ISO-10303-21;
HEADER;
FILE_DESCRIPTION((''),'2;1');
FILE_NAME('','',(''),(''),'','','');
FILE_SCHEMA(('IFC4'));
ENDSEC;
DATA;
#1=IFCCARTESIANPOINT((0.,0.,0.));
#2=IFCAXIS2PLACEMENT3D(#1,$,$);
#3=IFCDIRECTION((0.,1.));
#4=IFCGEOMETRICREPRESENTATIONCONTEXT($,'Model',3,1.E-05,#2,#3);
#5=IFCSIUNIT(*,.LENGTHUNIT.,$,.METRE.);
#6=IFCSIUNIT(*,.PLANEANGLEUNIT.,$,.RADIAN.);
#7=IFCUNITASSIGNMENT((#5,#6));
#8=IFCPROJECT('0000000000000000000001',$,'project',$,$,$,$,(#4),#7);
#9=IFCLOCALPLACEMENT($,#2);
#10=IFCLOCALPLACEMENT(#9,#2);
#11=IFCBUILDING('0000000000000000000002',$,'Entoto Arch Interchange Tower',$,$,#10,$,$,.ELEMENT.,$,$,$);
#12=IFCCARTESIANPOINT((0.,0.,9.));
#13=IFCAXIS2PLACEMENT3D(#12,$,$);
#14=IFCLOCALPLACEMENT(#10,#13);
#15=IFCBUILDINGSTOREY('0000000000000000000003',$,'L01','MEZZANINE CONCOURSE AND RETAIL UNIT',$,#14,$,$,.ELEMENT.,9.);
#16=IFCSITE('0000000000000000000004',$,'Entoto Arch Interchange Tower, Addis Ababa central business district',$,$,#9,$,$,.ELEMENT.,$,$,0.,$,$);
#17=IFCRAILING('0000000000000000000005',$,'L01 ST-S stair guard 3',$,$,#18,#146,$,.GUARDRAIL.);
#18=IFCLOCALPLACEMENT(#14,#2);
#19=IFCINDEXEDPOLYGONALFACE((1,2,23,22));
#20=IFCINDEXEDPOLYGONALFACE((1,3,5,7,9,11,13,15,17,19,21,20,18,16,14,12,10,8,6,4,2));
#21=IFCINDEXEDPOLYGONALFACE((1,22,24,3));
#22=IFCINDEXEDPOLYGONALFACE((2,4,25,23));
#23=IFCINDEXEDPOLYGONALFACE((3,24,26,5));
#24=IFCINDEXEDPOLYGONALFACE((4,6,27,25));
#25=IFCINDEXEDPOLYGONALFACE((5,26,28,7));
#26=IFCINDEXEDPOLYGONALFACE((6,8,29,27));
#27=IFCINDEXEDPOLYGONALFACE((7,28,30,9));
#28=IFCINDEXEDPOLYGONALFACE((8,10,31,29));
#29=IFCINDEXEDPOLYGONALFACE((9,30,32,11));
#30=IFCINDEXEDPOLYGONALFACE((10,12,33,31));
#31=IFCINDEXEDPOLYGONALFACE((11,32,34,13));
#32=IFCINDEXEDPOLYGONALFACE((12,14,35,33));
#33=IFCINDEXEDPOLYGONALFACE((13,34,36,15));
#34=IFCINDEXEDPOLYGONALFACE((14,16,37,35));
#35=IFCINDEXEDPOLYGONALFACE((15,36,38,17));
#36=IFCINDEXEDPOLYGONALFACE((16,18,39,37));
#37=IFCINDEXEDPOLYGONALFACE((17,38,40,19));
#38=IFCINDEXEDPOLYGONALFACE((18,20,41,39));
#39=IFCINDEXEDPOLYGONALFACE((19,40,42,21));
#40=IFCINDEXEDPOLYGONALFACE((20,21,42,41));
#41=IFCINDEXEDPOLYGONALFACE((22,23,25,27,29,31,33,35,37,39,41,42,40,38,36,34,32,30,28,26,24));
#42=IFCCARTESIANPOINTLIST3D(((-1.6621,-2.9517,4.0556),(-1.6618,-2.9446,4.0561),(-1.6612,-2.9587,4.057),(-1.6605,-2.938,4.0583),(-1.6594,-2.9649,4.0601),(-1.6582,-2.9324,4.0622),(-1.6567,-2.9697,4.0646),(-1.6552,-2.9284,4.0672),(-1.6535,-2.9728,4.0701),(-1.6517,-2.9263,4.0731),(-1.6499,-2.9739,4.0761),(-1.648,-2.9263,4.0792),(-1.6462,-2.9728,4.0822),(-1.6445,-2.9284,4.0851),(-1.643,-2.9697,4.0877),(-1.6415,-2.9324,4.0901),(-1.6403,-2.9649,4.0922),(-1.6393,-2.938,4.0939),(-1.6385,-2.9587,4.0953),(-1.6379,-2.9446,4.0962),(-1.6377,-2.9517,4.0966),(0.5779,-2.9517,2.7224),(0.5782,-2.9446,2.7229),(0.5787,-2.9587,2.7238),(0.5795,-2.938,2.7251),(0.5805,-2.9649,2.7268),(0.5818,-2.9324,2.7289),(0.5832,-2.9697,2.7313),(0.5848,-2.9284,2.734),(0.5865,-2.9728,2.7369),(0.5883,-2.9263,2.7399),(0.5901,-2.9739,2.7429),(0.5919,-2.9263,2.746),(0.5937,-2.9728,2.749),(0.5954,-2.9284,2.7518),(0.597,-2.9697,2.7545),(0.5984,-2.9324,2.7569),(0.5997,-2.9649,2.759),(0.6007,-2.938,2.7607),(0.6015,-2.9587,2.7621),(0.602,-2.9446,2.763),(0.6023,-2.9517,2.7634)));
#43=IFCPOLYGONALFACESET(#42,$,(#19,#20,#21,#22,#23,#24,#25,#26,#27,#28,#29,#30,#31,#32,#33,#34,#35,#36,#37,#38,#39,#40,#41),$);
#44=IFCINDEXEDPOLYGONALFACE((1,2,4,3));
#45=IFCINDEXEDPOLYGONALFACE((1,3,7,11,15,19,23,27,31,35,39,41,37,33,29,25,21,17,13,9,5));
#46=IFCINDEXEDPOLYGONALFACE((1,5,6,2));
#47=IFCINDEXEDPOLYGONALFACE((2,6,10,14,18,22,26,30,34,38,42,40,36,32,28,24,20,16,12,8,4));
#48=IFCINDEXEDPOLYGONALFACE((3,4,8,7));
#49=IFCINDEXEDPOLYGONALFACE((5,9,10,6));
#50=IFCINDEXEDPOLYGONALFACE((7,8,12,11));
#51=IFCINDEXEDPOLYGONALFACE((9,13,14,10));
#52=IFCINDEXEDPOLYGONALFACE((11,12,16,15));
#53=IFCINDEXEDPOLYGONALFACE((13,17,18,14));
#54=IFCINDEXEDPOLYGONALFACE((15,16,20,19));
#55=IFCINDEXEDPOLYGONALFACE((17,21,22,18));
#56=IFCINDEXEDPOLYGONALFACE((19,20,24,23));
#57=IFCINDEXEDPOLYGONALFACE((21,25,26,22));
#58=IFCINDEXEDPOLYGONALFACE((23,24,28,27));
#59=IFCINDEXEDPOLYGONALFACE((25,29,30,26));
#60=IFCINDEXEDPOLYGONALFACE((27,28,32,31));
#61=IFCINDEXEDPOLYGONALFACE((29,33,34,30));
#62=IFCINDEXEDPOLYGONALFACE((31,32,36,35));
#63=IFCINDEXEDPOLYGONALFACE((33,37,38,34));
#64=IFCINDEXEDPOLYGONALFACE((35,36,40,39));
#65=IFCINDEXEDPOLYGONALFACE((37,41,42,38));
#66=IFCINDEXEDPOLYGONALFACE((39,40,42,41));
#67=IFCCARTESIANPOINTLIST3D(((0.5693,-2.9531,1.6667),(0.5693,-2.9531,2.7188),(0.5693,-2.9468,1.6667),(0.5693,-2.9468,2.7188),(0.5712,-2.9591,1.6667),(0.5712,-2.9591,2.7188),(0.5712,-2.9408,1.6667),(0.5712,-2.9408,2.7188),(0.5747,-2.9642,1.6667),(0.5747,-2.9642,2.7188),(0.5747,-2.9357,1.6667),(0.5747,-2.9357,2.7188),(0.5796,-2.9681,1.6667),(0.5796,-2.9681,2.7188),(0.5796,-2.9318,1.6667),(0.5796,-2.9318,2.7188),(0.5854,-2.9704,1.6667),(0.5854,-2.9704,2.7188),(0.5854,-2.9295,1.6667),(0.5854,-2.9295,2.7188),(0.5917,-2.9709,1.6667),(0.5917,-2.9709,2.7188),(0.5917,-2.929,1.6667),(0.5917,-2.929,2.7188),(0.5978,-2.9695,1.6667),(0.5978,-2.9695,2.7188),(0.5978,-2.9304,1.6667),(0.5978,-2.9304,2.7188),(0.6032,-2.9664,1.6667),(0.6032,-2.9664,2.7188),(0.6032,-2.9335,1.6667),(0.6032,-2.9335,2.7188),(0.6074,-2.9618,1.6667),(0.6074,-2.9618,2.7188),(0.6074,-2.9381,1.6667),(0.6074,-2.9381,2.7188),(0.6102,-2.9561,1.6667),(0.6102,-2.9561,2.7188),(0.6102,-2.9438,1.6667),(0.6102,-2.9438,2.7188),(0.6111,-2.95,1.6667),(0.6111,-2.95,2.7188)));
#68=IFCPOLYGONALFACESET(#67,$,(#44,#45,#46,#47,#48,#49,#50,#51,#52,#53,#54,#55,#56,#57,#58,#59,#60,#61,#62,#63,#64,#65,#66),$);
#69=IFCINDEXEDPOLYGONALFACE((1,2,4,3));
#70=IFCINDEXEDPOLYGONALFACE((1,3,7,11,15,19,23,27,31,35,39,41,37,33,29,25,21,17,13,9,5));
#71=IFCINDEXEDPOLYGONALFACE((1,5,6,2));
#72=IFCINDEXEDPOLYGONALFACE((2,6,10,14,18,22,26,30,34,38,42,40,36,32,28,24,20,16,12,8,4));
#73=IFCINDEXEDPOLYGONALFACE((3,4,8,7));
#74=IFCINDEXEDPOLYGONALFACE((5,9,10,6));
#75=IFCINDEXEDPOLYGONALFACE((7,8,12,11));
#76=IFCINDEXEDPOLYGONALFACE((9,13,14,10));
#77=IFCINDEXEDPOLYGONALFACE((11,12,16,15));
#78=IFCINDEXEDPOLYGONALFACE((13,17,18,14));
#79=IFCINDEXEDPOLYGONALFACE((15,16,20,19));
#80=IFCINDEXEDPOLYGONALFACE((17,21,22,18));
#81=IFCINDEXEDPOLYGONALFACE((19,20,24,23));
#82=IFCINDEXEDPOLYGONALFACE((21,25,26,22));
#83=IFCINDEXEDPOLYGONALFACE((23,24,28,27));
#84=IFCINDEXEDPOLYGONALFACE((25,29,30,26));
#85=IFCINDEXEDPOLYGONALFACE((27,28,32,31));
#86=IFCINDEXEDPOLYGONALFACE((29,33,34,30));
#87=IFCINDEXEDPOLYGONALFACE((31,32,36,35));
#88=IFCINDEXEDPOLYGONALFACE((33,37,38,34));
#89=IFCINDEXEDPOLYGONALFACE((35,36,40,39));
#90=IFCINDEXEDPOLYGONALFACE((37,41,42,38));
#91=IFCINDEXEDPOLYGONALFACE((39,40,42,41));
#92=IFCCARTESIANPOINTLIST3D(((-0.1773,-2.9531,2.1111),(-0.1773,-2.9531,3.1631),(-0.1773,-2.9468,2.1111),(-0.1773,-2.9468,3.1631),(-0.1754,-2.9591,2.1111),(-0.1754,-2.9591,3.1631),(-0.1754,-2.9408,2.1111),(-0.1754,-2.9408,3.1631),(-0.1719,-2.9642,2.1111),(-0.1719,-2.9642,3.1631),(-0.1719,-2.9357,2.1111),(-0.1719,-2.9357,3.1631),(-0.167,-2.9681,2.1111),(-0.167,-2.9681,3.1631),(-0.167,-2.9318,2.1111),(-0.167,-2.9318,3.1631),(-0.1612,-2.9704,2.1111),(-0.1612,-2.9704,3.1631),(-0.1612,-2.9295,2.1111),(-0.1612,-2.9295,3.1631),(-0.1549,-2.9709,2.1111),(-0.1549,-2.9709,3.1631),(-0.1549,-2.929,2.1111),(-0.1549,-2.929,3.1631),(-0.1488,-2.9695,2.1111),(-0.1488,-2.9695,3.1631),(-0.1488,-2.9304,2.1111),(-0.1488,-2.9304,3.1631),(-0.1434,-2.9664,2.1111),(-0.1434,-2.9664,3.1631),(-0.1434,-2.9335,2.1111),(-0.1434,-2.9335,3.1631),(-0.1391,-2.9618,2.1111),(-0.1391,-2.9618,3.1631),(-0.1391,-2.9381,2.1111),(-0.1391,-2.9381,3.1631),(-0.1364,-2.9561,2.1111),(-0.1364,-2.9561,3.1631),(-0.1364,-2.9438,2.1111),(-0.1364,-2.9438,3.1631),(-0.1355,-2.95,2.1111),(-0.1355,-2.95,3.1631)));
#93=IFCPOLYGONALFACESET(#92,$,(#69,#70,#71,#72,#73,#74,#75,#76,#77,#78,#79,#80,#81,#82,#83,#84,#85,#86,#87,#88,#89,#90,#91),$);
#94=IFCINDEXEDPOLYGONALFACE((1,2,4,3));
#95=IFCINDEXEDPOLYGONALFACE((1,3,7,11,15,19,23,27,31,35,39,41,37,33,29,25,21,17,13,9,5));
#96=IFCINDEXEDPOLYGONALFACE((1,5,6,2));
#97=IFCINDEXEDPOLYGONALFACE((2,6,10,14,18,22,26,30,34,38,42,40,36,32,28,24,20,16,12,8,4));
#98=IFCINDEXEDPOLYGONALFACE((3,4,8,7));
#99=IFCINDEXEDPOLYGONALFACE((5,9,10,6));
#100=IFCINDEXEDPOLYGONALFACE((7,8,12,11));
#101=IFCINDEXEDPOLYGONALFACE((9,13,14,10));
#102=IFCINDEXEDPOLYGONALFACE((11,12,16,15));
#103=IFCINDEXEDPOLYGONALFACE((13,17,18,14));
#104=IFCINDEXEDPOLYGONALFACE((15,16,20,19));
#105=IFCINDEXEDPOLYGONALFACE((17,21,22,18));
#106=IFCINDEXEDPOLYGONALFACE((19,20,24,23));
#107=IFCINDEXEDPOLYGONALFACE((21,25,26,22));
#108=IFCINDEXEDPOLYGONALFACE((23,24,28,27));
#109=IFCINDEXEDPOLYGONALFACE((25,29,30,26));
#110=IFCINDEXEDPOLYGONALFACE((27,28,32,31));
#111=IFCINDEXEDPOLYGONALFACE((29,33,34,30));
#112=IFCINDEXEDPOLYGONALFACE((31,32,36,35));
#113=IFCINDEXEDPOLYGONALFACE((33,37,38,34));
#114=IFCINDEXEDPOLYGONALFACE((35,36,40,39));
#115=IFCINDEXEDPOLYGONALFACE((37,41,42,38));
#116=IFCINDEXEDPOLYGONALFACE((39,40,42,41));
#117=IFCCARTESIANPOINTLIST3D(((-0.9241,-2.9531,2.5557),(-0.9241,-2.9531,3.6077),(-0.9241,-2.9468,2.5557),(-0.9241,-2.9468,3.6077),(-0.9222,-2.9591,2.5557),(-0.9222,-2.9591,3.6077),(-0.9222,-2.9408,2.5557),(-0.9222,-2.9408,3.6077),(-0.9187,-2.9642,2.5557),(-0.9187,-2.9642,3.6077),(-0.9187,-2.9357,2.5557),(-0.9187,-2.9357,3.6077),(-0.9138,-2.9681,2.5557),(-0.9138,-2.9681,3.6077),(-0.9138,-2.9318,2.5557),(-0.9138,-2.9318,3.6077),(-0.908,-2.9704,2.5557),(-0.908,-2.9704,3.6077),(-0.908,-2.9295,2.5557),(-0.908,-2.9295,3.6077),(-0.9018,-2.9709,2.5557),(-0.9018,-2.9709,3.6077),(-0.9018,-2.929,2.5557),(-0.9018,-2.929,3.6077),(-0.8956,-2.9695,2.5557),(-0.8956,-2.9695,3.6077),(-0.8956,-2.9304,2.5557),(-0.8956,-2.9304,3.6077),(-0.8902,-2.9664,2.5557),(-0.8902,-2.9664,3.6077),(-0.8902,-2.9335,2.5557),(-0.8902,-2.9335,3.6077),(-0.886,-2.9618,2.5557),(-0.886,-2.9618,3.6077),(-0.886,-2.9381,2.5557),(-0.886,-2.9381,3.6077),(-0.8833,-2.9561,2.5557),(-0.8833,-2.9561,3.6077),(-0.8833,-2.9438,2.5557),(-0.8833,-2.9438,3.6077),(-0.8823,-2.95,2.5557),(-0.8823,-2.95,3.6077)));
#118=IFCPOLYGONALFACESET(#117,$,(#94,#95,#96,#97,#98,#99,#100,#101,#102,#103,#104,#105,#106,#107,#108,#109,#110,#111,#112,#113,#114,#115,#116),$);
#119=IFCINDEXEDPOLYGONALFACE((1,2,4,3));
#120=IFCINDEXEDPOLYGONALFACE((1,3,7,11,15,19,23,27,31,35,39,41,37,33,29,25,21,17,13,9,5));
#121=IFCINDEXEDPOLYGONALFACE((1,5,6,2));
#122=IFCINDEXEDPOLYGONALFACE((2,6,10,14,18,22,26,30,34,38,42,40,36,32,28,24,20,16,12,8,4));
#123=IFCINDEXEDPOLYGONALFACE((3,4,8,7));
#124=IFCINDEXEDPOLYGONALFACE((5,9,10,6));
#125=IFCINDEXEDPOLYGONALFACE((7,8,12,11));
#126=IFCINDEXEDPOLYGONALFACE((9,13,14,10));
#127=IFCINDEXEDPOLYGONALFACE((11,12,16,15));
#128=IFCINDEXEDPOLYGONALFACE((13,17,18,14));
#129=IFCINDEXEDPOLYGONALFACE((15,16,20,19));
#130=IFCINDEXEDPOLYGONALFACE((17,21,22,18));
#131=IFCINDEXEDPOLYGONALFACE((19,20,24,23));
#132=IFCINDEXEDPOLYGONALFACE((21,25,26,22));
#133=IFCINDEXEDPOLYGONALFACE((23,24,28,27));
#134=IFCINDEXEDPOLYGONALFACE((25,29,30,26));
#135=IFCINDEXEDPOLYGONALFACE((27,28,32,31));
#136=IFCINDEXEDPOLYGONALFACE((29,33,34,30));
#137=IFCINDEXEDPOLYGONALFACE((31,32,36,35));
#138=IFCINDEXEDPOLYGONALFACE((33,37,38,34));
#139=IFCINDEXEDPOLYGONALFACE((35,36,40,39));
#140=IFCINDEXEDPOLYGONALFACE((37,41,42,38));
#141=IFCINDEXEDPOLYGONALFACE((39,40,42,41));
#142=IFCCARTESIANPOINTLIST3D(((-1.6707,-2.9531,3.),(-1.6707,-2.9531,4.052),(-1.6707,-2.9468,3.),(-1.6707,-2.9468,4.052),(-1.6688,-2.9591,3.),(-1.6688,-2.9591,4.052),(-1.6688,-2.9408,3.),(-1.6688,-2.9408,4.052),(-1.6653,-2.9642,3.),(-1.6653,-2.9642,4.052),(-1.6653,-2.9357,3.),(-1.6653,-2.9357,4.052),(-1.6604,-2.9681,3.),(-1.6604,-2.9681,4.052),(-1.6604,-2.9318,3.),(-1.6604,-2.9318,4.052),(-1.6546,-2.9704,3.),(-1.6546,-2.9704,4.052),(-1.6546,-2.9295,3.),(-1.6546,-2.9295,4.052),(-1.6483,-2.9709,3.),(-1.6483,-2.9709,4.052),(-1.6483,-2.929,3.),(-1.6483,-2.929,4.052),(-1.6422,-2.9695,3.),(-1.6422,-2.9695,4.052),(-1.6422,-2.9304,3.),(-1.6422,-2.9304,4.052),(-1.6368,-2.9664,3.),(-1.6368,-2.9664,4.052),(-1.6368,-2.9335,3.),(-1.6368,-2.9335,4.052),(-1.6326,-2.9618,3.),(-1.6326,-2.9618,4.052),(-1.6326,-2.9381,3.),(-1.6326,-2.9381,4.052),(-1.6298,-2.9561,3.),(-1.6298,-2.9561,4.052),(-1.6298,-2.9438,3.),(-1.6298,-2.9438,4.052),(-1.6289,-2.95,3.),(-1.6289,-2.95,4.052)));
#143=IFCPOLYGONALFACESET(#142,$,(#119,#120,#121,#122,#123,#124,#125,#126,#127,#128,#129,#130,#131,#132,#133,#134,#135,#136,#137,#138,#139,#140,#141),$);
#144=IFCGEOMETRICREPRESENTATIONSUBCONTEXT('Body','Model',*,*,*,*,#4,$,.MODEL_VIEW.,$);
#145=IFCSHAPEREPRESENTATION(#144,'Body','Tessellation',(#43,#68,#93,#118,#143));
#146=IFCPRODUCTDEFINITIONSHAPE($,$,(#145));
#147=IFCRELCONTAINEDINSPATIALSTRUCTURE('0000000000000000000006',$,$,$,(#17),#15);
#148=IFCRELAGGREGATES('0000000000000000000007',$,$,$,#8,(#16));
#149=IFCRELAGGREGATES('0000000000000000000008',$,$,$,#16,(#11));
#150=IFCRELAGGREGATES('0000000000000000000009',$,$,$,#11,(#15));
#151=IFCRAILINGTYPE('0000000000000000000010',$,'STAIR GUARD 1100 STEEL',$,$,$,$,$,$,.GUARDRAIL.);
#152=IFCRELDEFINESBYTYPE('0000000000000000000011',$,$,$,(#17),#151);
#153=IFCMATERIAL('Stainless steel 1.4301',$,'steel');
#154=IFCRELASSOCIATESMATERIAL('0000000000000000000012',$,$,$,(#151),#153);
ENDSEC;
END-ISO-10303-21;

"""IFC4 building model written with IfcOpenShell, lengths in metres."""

from ifc_helpers import new_model, si_unit, direction, frame, origin, origin_2d, place, context, subcontext, project, spatial, circle, extrude, material, type_object, element, save


model = new_model("IFC4")

# Units and contexts
model_context = context("Model", 3, precision=1e-05, world=origin(), true_north=direction((0.0, 1.0)))
body_context = subcontext(model_context, "Body", "Model", "MODEL_VIEW")
ifc_project = project(units=[si_unit("LENGTHUNIT", "METRE"), si_unit("PLANEANGLEUNIT", "RADIAN")], contexts=[model_context])

# Site, building, storey
site_placement = place(None, origin())
site = spatial("IfcSite", under=ifc_project, at=site_placement, Name="Entoto Arch Interchange Tower, Addis Ababa central business district", CompositionType="ELEMENT", RefElevation=0.0)
building_placement = place(site_placement, origin())
building = spatial("IfcBuilding", under=site, at=building_placement, Name="Entoto Arch Interchange Tower", CompositionType="ELEMENT")
storey_placement = place(building_placement, frame((0.0, 0.0, 9.0)))
storey = spatial("IfcBuildingStorey", under=building, at=storey_placement, Name="L01", Description="MEZZANINE CONCOURSE AND RETAIL UNIT", CompositionType="ELEMENT", Elevation=9.0)

# Railing
ifc_material_1 = material(Name="Stainless steel 1.4301", Category="steel")
railing_type = type_object("IfcRailingType", Name="STAIR GUARD 1100 STEEL", PredefinedType="GUARDRAIL", material=ifc_material_1)
railing_1_placement = place(storey_placement, frame((0.5901, -2.95, 1.6667)))
element("IfcRailing", 1, at=railing_1_placement, inside=storey, type_object=railing_type, Name="L01 ST-S stair guard 3", PredefinedType="GUARDRAIL", context=body_context, shape_type="SweptSolid", body=[
    extrude(circle(Radius=0.0239, at=origin_2d()), frame((0.0, 0.0, 1.0762), z_axis=(-0.859306, 0.0, 0.511462), x_axis=(0.0, -1.0, 0.0)), (0.0, 0.0, 1.0), 2.6067),
    extrude(circle(Radius=0.021, at=origin_2d()), origin(), (0.0, 0.0, 1.0), 1.052),
    extrude(circle(Radius=0.021, at=origin_2d()), frame((-0.7466, 0.0, 0.4443)), (0.0, 0.0, 1.0), 1.052),
    extrude(circle(Radius=0.021, at=origin_2d()), frame((-1.4934, 0.0, 0.8889)), (0.0, 0.0, 1.0), 1.052),
    extrude(circle(Radius=0.021, at=origin_2d()), frame((-2.24, 0.0, 1.3333)), (0.0, 0.0, 1.0), 1.052),
])

save(model, "model.ifc")
